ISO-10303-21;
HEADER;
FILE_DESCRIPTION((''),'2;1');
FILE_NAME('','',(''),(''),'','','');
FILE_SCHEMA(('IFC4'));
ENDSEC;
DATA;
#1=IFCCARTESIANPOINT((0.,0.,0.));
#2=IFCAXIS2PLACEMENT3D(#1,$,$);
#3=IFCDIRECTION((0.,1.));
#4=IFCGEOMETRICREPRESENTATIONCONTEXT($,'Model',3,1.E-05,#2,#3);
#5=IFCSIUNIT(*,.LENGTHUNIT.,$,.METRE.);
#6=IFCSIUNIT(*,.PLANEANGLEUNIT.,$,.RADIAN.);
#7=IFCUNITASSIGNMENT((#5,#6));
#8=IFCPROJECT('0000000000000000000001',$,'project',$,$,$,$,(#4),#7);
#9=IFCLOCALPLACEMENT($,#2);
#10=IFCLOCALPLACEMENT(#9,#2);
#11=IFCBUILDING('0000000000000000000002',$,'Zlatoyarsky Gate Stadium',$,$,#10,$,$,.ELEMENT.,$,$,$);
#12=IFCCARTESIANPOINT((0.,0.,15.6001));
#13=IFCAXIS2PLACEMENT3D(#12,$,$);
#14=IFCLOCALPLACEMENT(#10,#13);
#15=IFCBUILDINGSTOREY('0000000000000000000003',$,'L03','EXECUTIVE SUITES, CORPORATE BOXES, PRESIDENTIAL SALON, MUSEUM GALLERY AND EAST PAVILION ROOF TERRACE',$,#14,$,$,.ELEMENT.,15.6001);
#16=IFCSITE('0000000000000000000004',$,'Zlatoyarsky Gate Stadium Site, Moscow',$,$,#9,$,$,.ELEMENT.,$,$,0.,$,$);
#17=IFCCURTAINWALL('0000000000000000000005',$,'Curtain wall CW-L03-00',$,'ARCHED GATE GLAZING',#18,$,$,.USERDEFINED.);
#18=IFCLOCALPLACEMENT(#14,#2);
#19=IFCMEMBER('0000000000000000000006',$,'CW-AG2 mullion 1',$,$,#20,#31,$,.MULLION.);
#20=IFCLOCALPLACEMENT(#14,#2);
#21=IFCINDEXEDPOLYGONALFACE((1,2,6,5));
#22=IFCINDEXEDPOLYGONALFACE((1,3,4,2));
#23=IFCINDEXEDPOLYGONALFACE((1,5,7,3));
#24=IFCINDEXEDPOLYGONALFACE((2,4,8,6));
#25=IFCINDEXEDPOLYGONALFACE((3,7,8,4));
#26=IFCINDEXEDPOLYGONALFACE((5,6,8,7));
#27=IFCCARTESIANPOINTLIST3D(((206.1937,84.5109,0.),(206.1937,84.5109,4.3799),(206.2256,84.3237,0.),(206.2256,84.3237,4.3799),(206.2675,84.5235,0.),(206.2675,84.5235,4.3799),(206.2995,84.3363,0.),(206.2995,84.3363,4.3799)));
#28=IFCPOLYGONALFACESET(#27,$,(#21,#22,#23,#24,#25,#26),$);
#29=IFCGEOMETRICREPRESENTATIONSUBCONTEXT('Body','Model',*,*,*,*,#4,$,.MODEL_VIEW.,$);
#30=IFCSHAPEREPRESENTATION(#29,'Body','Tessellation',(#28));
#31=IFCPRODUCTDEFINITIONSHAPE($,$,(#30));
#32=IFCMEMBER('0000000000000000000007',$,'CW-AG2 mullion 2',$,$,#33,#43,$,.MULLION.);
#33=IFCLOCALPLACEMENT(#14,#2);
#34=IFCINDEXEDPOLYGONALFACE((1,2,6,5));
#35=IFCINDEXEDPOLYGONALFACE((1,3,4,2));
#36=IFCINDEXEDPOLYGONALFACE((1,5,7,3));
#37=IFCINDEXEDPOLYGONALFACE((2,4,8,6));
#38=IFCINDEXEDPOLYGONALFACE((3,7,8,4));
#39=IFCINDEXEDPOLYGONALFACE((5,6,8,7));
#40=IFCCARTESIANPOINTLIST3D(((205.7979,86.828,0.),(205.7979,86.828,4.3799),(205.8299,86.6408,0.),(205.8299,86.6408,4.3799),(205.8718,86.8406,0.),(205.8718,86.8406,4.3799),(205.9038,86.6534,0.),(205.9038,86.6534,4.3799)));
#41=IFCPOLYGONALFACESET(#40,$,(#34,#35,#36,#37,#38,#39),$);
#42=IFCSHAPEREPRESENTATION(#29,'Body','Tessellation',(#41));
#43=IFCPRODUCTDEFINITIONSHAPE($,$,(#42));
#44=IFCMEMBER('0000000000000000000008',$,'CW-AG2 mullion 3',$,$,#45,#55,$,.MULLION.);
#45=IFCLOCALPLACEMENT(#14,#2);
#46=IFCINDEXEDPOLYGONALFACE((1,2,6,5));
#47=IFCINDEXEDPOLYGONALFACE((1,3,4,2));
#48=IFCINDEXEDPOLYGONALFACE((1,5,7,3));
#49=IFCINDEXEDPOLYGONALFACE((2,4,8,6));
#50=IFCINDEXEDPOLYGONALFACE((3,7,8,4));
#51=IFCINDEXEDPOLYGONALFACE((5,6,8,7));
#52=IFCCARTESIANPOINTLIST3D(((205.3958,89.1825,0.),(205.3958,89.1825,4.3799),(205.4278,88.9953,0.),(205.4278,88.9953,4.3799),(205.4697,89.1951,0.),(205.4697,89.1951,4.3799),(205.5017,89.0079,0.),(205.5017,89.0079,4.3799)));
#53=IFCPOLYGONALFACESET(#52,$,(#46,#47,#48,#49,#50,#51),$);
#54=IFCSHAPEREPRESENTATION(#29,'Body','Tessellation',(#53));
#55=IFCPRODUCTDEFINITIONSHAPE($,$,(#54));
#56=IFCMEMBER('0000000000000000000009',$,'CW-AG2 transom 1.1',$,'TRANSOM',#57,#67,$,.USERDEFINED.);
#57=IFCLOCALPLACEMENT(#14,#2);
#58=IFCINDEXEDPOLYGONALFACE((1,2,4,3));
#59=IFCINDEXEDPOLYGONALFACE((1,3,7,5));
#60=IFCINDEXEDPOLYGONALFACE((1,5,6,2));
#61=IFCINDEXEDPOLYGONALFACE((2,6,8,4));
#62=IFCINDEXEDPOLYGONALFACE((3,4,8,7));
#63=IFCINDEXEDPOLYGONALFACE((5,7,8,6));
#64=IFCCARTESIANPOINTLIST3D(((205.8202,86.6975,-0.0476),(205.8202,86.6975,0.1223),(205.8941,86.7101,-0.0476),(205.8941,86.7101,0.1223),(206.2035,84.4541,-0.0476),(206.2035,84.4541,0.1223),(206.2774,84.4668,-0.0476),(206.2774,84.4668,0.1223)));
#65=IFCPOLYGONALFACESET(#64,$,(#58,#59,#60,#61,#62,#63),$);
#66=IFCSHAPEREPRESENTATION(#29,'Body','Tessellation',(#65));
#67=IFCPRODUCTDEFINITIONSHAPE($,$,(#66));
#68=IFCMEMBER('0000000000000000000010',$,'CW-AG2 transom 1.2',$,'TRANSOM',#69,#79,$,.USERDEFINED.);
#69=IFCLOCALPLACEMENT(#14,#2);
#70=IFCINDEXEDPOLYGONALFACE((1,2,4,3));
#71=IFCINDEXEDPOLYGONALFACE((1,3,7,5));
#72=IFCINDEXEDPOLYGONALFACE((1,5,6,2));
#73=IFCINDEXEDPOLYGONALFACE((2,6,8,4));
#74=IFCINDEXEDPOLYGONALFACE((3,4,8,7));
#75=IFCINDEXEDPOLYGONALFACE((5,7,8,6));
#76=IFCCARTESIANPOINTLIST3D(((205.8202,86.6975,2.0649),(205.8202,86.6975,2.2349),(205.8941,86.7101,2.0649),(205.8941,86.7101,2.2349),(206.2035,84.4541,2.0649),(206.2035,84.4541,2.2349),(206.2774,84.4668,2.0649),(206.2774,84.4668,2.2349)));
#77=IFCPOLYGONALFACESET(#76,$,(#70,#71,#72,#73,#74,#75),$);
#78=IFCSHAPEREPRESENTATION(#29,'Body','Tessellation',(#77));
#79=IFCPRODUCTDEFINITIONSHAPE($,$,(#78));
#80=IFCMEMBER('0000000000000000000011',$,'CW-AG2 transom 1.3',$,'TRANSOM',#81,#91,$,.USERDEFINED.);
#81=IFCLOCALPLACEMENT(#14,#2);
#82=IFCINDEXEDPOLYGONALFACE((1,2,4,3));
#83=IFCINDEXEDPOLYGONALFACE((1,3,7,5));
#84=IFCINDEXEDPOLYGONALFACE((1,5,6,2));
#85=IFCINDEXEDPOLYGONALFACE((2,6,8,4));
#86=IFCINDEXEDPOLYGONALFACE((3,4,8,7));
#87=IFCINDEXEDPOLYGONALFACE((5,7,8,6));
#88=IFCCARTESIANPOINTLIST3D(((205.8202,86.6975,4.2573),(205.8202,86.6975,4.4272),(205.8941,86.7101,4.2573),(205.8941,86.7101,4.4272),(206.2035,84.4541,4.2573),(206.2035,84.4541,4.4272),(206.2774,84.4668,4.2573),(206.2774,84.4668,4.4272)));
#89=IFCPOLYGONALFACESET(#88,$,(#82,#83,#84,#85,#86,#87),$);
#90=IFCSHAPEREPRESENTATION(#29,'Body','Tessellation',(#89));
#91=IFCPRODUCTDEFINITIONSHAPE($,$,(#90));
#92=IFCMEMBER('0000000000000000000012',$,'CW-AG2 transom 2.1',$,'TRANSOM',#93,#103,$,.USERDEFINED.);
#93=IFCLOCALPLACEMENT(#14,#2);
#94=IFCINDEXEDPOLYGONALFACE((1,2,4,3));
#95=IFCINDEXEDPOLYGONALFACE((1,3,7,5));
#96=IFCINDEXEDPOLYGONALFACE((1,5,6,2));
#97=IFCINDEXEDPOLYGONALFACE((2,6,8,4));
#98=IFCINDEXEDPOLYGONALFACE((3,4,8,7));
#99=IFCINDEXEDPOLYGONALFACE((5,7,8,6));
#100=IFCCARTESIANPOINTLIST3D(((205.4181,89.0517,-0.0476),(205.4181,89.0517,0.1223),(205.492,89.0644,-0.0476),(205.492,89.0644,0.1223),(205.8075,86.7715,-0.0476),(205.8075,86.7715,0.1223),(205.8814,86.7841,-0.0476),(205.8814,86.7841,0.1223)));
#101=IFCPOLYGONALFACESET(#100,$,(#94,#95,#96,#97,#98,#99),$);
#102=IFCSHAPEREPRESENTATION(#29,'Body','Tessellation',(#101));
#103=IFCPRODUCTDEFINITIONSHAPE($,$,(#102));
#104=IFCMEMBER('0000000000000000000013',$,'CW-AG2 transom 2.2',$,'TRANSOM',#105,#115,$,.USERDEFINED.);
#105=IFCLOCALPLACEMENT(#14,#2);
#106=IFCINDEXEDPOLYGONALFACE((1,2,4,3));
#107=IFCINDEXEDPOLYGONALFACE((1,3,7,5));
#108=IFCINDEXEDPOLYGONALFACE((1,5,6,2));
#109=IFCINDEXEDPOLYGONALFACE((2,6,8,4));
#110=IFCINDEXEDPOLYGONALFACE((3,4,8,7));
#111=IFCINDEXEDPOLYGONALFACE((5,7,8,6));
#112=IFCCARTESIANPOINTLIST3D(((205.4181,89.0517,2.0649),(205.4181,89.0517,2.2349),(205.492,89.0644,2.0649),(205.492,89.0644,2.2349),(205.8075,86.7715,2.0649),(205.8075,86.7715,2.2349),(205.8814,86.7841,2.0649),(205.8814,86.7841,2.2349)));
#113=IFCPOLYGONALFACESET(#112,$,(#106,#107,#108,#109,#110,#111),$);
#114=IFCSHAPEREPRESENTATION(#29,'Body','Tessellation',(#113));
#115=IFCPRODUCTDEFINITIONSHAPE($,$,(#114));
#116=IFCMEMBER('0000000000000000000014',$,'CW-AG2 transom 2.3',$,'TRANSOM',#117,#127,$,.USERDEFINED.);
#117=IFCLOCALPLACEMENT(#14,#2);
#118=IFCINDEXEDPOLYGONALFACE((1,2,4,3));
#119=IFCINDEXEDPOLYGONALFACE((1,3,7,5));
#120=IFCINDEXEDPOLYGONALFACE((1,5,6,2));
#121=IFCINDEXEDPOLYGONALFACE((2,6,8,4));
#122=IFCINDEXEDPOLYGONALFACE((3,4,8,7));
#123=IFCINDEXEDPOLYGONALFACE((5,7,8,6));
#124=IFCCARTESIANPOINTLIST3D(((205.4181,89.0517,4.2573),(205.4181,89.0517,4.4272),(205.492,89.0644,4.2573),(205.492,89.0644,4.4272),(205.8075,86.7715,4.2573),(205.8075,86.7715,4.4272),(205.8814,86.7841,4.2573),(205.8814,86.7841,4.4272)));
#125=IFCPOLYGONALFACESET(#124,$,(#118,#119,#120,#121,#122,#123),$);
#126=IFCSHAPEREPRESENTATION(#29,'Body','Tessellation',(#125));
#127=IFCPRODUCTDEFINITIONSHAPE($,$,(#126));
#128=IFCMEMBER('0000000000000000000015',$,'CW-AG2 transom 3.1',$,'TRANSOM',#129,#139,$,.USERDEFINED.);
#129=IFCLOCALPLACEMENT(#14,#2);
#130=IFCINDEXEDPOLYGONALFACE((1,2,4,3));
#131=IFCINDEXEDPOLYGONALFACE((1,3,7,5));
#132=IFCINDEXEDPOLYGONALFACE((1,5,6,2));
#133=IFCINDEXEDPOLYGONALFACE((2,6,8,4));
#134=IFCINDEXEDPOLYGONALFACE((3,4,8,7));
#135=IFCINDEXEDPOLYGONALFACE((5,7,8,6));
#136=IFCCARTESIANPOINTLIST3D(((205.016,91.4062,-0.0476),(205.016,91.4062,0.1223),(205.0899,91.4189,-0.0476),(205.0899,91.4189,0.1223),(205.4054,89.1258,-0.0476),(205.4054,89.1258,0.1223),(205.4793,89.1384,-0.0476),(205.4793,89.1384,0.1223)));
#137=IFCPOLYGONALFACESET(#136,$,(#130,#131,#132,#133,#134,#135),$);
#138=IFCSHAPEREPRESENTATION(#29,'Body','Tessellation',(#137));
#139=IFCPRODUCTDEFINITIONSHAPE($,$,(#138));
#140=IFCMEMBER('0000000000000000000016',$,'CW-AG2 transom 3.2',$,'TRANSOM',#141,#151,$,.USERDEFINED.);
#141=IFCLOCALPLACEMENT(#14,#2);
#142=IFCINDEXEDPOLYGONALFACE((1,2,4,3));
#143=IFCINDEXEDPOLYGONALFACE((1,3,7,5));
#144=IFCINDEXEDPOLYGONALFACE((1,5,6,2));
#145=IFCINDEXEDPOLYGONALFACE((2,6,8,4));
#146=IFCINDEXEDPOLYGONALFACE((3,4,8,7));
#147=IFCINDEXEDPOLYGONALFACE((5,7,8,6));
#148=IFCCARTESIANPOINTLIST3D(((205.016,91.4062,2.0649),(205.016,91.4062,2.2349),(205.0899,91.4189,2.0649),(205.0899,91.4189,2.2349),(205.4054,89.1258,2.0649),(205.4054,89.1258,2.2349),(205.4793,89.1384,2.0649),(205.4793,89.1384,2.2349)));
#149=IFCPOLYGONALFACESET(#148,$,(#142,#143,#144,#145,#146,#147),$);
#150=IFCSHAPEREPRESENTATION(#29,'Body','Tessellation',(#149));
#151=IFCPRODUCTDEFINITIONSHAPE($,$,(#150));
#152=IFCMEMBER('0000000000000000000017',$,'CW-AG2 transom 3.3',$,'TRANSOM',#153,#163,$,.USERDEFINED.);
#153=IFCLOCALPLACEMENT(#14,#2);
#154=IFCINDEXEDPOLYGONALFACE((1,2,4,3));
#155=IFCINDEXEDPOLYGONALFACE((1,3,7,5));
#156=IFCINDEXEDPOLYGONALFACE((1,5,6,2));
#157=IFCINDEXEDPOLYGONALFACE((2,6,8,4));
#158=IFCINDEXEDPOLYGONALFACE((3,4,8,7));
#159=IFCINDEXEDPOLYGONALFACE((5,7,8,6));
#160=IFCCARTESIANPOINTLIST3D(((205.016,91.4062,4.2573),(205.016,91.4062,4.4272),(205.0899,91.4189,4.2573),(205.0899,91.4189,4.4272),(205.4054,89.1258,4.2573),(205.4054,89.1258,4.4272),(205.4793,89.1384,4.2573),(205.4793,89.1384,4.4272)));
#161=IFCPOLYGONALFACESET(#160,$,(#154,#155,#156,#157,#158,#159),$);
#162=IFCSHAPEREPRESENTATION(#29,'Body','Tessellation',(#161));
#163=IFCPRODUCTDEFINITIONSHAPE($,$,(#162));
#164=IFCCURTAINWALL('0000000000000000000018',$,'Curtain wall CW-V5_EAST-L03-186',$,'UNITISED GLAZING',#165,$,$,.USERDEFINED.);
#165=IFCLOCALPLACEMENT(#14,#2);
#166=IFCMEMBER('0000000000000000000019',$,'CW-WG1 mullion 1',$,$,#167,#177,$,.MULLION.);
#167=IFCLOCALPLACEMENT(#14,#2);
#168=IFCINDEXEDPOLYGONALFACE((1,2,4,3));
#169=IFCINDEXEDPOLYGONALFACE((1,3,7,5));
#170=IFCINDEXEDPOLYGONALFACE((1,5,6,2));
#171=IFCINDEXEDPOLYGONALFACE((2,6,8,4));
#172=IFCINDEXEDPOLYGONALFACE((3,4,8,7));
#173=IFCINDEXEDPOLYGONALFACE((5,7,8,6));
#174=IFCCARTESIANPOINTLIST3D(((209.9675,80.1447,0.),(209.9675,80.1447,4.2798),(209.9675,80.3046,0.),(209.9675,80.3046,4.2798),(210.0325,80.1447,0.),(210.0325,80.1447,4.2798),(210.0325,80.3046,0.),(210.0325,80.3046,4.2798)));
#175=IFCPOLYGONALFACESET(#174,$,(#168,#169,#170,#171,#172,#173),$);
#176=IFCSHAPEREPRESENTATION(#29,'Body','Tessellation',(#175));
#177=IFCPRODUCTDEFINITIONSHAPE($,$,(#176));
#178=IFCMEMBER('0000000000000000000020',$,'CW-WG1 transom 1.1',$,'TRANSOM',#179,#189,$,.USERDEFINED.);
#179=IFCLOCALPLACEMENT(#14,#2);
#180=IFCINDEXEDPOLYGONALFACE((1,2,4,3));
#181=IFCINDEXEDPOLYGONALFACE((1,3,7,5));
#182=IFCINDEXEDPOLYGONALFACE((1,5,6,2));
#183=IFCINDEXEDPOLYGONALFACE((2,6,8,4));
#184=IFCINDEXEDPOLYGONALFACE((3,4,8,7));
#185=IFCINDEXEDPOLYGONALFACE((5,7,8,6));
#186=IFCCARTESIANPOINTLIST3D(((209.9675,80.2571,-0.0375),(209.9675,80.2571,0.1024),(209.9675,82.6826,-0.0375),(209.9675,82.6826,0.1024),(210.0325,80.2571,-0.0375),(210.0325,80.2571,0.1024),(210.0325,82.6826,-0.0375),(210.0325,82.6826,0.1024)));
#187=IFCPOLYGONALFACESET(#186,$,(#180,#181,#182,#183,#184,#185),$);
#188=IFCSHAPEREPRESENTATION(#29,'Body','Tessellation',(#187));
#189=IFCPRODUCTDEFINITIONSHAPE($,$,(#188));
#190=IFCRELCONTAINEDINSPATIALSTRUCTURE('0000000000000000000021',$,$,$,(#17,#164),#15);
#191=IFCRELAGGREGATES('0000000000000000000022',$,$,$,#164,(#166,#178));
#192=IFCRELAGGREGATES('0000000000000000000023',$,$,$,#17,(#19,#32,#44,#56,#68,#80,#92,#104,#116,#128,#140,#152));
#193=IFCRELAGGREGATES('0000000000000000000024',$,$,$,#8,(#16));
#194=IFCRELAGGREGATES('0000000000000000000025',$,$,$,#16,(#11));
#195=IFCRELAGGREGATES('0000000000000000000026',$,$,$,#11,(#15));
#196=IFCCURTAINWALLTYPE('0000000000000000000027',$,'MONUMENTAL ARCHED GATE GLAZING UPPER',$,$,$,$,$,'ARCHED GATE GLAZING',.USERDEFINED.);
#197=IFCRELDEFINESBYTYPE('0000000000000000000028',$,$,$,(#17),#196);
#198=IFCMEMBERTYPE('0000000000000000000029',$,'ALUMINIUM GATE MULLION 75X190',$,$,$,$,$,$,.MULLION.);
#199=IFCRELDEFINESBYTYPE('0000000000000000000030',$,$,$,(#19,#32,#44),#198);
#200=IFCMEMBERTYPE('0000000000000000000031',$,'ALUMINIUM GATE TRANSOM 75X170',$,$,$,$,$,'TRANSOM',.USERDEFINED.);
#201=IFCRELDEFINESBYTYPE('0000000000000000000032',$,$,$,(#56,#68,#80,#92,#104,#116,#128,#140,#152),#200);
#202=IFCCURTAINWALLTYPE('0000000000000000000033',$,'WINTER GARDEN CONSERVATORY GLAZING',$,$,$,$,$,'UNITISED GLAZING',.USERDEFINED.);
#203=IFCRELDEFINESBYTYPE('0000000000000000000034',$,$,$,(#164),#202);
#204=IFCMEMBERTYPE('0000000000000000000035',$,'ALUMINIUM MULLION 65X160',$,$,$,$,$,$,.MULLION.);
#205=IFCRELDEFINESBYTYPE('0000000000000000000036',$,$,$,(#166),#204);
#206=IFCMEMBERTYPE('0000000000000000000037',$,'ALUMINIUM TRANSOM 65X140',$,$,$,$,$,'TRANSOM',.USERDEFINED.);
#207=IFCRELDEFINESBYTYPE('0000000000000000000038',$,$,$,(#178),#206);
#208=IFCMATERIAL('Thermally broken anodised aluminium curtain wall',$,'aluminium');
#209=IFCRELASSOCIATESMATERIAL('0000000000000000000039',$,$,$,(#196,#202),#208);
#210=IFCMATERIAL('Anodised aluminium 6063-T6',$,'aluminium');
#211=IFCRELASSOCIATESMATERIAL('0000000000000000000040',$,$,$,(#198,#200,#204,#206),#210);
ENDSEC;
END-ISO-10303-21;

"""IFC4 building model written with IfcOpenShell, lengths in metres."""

from ifc_helpers import new_model, si_unit, direction, frame, origin, origin_2d, place, context, subcontext, project, spatial, rectangle, extrude, material, material_profile, profile_set, type_object, element, aggregate, save


model = new_model("IFC4")

# Units and contexts
model_context = context("Model", 3, precision=1e-05, world=origin(), true_north=direction((0.0, 1.0)))
body_context = subcontext(model_context, "Body", "Model", "MODEL_VIEW")
ifc_project = project(units=[si_unit("LENGTHUNIT", "METRE"), si_unit("PLANEANGLEUNIT", "RADIAN")], contexts=[model_context])

# Site, building, storey
site_placement = place(None, origin())
site = spatial("IfcSite", under=ifc_project, at=site_placement, Name="Zlatoyarsky Gate Stadium Site, Moscow", CompositionType="ELEMENT", RefElevation=0.0)
building_placement = place(site_placement, origin())
building = spatial("IfcBuilding", under=site, at=building_placement, Name="Zlatoyarsky Gate Stadium", CompositionType="ELEMENT")
storey_placement = place(building_placement, frame((0.0, 0.0, 15.6001)))
storey = spatial("IfcBuildingStorey", under=building, at=storey_placement, Name="L03", Description="EXECUTIVE SUITES, CORPORATE BOXES, PRESIDENTIAL SALON, MUSEUM GALLERY AND EAST PAVILION ROOF TERRACE", CompositionType="ELEMENT", Elevation=15.6001)

# Curtain walls, members
ifc_material_1 = material(Name="Thermally broken anodised aluminium curtain wall", Category="aluminium")
curtain_wall_type_1 = type_object("IfcCurtainWallType", Name="MONUMENTAL ARCHED GATE GLAZING UPPER", ElementType="ARCHED GATE GLAZING", PredefinedType="USERDEFINED", material=ifc_material_1)
curtain_wall_1_placement = place(storey_placement, origin())
curtain_wall_1 = element("IfcCurtainWall", 1, at=curtain_wall_1_placement, inside=storey, type_object=curtain_wall_type_1, Name="Curtain wall CW-L03-00", ObjectType="ARCHED GATE GLAZING", PredefinedType="USERDEFINED")
ifc_material_2 = material(Name="Anodised aluminium 6063-T6", Category="aluminium")
ifc_material_profile_1 = material_profile(ifc_material_2, rectangle(XDim=0.075, YDim=0.1899, at=origin_2d()), Name="ALU 75X190")
ifc_profile_set_1 = profile_set([ifc_material_profile_1], Name="Anodised aluminium 6063-T6")
member_type_1 = type_object("IfcMemberType", Name="ALUMINIUM GATE MULLION 75X190", PredefinedType="MULLION", material=ifc_profile_set_1)
member_1_placement = place(storey_placement, frame((206.2466, 84.4236, 0.0), z_axis=(0.0, 0.0, 1.0), x_axis=(-0.985727, -0.168354, 0.0)))
member_1 = element("IfcMember", 2, at=member_1_placement, type_object=member_type_1, Name="CW-AG2 mullion 1", PredefinedType="MULLION", context=body_context, shape_type="SweptSolid", body=[
    extrude(rectangle(XDim=0.075, YDim=0.1899, at=origin_2d()), origin(), (0.0, 0.0, 1.0), 4.3799),
])
member_2_placement = place(storey_placement, frame((205.8508, 86.7407, 0.0), z_axis=(0.0, 0.0, 1.0), x_axis=(-0.985727, -0.168354, 0.0)))
member_2 = element("IfcMember", 3, at=member_2_placement, type_object=member_type_1, Name="CW-AG2 mullion 2", PredefinedType="MULLION", context=body_context, shape_type="SweptSolid", body=[
    extrude(rectangle(XDim=0.075, YDim=0.1899, at=origin_2d()), origin(), (0.0, 0.0, 1.0), 4.3799),
])
member_3_placement = place(storey_placement, frame((205.4487, 89.0952, 0.0), z_axis=(0.0, 0.0, 1.0), x_axis=(-0.985727, -0.168354, 0.0)))
member_3 = element("IfcMember", 4, at=member_3_placement, type_object=member_type_1, Name="CW-AG2 mullion 3", PredefinedType="MULLION", context=body_context, shape_type="SweptSolid", body=[
    extrude(rectangle(XDim=0.075, YDim=0.1899, at=origin_2d()), origin(), (0.0, 0.0, 1.0), 4.3799),
])
ifc_material_profile_2 = material_profile(ifc_material_2, rectangle(XDim=0.075, YDim=0.1699, at=origin_2d()), Name="ALU 75X170")
ifc_profile_set_2 = profile_set([ifc_material_profile_2], Name="Anodised aluminium 6063-T6")
member_type_2 = type_object("IfcMemberType", Name="ALUMINIUM GATE TRANSOM 75X170", ElementType="TRANSOM", PredefinedType="USERDEFINED", material=ifc_profile_set_2)
member_4_placement = place(storey_placement, frame((206.2405, 84.4604, 0.0374), z_axis=(-0.168416, 0.985716, 0.0), x_axis=(-0.985716, -0.168416, 0.0)))
member_4 = element("IfcMember", 5, at=member_4_placement, type_object=member_type_2, Name="CW-AG2 transom 1.1", ObjectType="TRANSOM", PredefinedType="USERDEFINED", context=body_context, shape_type="SweptSolid", body=[
    extrude(rectangle(XDim=0.075, YDim=0.1699, at=origin_2d()), origin(), (0.0, 0.0, 1.0), 2.2759),
])
member_5_placement = place(storey_placement, frame((206.2405, 84.4604, 2.1499), z_axis=(-0.168416, 0.985716, 0.0), x_axis=(-0.985716, -0.168416, 0.0)))
member_5 = element("IfcMember", 6, at=member_5_placement, type_object=member_type_2, Name="CW-AG2 transom 1.2", ObjectType="TRANSOM", PredefinedType="USERDEFINED", context=body_context, shape_type="SweptSolid", body=[
    extrude(rectangle(XDim=0.075, YDim=0.1699, at=origin_2d()), origin(), (0.0, 0.0, 1.0), 2.2759),
])
member_6_placement = place(storey_placement, frame((206.2405, 84.4604, 4.3423), z_axis=(-0.168416, 0.985716, 0.0), x_axis=(-0.985716, -0.168416, 0.0)))
member_6 = element("IfcMember", 7, at=member_6_placement, type_object=member_type_2, Name="CW-AG2 transom 1.3", ObjectType="TRANSOM", PredefinedType="USERDEFINED", context=body_context, shape_type="SweptSolid", body=[
    extrude(rectangle(XDim=0.075, YDim=0.1699, at=origin_2d()), origin(), (0.0, 0.0, 1.0), 2.2759),
])
member_7_placement = place(storey_placement, frame((205.8445, 86.7778, 0.0374), z_axis=(-0.168334, 0.98573, 0.0), x_axis=(-0.98573, -0.168334, 0.0)))
member_7 = element("IfcMember", 8, at=member_7_placement, type_object=member_type_2, Name="CW-AG2 transom 2.1", ObjectType="TRANSOM", PredefinedType="USERDEFINED", context=body_context, shape_type="SweptSolid", body=[
    extrude(rectangle(XDim=0.075, YDim=0.1699, at=origin_2d()), origin(), (0.0, 0.0, 1.0), 2.3132),
])
member_8_placement = place(storey_placement, frame((205.8445, 86.7778, 2.1499), z_axis=(-0.168334, 0.98573, 0.0), x_axis=(-0.98573, -0.168334, 0.0)))
member_8 = element("IfcMember", 9, at=member_8_placement, type_object=member_type_2, Name="CW-AG2 transom 2.2", ObjectType="TRANSOM", PredefinedType="USERDEFINED", context=body_context, shape_type="SweptSolid", body=[
    extrude(rectangle(XDim=0.075, YDim=0.1699, at=origin_2d()), origin(), (0.0, 0.0, 1.0), 2.3132),
])
member_9_placement = place(storey_placement, frame((205.8445, 86.7778, 4.3423), z_axis=(-0.168334, 0.98573, 0.0), x_axis=(-0.98573, -0.168334, 0.0)))
member_9 = element("IfcMember", 10, at=member_9_placement, type_object=member_type_2, Name="CW-AG2 transom 2.3", ObjectType="TRANSOM", PredefinedType="USERDEFINED", context=body_context, shape_type="SweptSolid", body=[
    extrude(rectangle(XDim=0.075, YDim=0.1699, at=origin_2d()), origin(), (0.0, 0.0, 1.0), 2.3132),
])
member_10_placement = place(storey_placement, frame((205.4424, 89.1321, 0.0374), z_axis=(-0.168316, 0.985733, 0.0), x_axis=(-0.985733, -0.168316, 0.0)))
member_10 = element("IfcMember", 11, at=member_10_placement, type_object=member_type_2, Name="CW-AG2 transom 3.1", ObjectType="TRANSOM", PredefinedType="USERDEFINED", context=body_context, shape_type="SweptSolid", body=[
    extrude(rectangle(XDim=0.075, YDim=0.1699, at=origin_2d()), origin(), (0.0, 0.0, 1.0), 2.3135),
])
member_11_placement = place(storey_placement, frame((205.4424, 89.1321, 2.1499), z_axis=(-0.168316, 0.985733, 0.0), x_axis=(-0.985733, -0.168316, 0.0)))
member_11 = element("IfcMember", 12, at=member_11_placement, type_object=member_type_2, Name="CW-AG2 transom 3.2", ObjectType="TRANSOM", PredefinedType="USERDEFINED", context=body_context, shape_type="SweptSolid", body=[
    extrude(rectangle(XDim=0.075, YDim=0.1699, at=origin_2d()), origin(), (0.0, 0.0, 1.0), 2.3135),
])
member_12_placement = place(storey_placement, frame((205.4424, 89.1321, 4.3423), z_axis=(-0.168316, 0.985733, 0.0), x_axis=(-0.985733, -0.168316, 0.0)))
member_12 = element("IfcMember", 13, at=member_12_placement, type_object=member_type_2, Name="CW-AG2 transom 3.3", ObjectType="TRANSOM", PredefinedType="USERDEFINED", context=body_context, shape_type="SweptSolid", body=[
    extrude(rectangle(XDim=0.075, YDim=0.1699, at=origin_2d()), origin(), (0.0, 0.0, 1.0), 2.3135),
])
curtain_wall_type_2 = type_object("IfcCurtainWallType", Name="WINTER GARDEN CONSERVATORY GLAZING", ElementType="UNITISED GLAZING", PredefinedType="USERDEFINED", material=ifc_material_1)
curtain_wall_2_placement = place(storey_placement, origin())
curtain_wall_2 = element("IfcCurtainWall", 14, at=curtain_wall_2_placement, inside=storey, type_object=curtain_wall_type_2, Name="Curtain wall CW-V5_EAST-L03-186", ObjectType="UNITISED GLAZING", PredefinedType="USERDEFINED")
ifc_material_profile_3 = material_profile(ifc_material_2, rectangle(XDim=0.0649, YDim=0.1599, at=origin_2d()), Name="ALU 65X160")
ifc_profile_set_3 = profile_set([ifc_material_profile_3], Name="Anodised aluminium 6063-T6")
member_type_3 = type_object("IfcMemberType", Name="ALUMINIUM MULLION 65X160", PredefinedType="MULLION", material=ifc_profile_set_3)
member_13_placement = place(storey_placement, frame((210.0, 80.2246, 0.0), z_axis=(0.0, 0.0, 1.0), x_axis=(-1.0, 0.0, 0.0)))
member_13 = element("IfcMember", 15, at=member_13_placement, type_object=member_type_3, Name="CW-WG1 mullion 1", PredefinedType="MULLION", context=body_context, shape_type="SweptSolid", body=[
    extrude(rectangle(XDim=0.0649, YDim=0.1599, at=origin_2d()), origin(), (0.0, 0.0, 1.0), 4.2798),
])
ifc_material_profile_4 = material_profile(ifc_material_2, rectangle(XDim=0.0649, YDim=0.1399, at=origin_2d()), Name="ALU 65X140")
ifc_profile_set_4 = profile_set([ifc_material_profile_4], Name="Anodised aluminium 6063-T6")
member_type_4 = type_object("IfcMemberType", Name="ALUMINIUM TRANSOM 65X140", ElementType="TRANSOM", PredefinedType="USERDEFINED", material=ifc_profile_set_4)
member_14_placement = place(storey_placement, frame((210.0, 80.2571, 0.0325), z_axis=(0.0, 1.0, 0.0), x_axis=(-1.0, 0.0, 0.0)))
member_14 = element("IfcMember", 16, at=member_14_placement, type_object=member_type_4, Name="CW-WG1 transom 1.1", ObjectType="TRANSOM", PredefinedType="USERDEFINED", context=body_context, shape_type="SweptSolid", body=[
    extrude(rectangle(XDim=0.0649, YDim=0.1399, at=origin_2d()), origin(), (0.0, 0.0, 1.0), 2.4255),
])
aggregate(curtain_wall_2, [member_13, member_14])

aggregate(curtain_wall_1, [member_1, member_2, member_3, member_4, member_5, member_6, member_7, member_8, member_9, member_10, member_11, member_12])

save(model, "model.ifc")
